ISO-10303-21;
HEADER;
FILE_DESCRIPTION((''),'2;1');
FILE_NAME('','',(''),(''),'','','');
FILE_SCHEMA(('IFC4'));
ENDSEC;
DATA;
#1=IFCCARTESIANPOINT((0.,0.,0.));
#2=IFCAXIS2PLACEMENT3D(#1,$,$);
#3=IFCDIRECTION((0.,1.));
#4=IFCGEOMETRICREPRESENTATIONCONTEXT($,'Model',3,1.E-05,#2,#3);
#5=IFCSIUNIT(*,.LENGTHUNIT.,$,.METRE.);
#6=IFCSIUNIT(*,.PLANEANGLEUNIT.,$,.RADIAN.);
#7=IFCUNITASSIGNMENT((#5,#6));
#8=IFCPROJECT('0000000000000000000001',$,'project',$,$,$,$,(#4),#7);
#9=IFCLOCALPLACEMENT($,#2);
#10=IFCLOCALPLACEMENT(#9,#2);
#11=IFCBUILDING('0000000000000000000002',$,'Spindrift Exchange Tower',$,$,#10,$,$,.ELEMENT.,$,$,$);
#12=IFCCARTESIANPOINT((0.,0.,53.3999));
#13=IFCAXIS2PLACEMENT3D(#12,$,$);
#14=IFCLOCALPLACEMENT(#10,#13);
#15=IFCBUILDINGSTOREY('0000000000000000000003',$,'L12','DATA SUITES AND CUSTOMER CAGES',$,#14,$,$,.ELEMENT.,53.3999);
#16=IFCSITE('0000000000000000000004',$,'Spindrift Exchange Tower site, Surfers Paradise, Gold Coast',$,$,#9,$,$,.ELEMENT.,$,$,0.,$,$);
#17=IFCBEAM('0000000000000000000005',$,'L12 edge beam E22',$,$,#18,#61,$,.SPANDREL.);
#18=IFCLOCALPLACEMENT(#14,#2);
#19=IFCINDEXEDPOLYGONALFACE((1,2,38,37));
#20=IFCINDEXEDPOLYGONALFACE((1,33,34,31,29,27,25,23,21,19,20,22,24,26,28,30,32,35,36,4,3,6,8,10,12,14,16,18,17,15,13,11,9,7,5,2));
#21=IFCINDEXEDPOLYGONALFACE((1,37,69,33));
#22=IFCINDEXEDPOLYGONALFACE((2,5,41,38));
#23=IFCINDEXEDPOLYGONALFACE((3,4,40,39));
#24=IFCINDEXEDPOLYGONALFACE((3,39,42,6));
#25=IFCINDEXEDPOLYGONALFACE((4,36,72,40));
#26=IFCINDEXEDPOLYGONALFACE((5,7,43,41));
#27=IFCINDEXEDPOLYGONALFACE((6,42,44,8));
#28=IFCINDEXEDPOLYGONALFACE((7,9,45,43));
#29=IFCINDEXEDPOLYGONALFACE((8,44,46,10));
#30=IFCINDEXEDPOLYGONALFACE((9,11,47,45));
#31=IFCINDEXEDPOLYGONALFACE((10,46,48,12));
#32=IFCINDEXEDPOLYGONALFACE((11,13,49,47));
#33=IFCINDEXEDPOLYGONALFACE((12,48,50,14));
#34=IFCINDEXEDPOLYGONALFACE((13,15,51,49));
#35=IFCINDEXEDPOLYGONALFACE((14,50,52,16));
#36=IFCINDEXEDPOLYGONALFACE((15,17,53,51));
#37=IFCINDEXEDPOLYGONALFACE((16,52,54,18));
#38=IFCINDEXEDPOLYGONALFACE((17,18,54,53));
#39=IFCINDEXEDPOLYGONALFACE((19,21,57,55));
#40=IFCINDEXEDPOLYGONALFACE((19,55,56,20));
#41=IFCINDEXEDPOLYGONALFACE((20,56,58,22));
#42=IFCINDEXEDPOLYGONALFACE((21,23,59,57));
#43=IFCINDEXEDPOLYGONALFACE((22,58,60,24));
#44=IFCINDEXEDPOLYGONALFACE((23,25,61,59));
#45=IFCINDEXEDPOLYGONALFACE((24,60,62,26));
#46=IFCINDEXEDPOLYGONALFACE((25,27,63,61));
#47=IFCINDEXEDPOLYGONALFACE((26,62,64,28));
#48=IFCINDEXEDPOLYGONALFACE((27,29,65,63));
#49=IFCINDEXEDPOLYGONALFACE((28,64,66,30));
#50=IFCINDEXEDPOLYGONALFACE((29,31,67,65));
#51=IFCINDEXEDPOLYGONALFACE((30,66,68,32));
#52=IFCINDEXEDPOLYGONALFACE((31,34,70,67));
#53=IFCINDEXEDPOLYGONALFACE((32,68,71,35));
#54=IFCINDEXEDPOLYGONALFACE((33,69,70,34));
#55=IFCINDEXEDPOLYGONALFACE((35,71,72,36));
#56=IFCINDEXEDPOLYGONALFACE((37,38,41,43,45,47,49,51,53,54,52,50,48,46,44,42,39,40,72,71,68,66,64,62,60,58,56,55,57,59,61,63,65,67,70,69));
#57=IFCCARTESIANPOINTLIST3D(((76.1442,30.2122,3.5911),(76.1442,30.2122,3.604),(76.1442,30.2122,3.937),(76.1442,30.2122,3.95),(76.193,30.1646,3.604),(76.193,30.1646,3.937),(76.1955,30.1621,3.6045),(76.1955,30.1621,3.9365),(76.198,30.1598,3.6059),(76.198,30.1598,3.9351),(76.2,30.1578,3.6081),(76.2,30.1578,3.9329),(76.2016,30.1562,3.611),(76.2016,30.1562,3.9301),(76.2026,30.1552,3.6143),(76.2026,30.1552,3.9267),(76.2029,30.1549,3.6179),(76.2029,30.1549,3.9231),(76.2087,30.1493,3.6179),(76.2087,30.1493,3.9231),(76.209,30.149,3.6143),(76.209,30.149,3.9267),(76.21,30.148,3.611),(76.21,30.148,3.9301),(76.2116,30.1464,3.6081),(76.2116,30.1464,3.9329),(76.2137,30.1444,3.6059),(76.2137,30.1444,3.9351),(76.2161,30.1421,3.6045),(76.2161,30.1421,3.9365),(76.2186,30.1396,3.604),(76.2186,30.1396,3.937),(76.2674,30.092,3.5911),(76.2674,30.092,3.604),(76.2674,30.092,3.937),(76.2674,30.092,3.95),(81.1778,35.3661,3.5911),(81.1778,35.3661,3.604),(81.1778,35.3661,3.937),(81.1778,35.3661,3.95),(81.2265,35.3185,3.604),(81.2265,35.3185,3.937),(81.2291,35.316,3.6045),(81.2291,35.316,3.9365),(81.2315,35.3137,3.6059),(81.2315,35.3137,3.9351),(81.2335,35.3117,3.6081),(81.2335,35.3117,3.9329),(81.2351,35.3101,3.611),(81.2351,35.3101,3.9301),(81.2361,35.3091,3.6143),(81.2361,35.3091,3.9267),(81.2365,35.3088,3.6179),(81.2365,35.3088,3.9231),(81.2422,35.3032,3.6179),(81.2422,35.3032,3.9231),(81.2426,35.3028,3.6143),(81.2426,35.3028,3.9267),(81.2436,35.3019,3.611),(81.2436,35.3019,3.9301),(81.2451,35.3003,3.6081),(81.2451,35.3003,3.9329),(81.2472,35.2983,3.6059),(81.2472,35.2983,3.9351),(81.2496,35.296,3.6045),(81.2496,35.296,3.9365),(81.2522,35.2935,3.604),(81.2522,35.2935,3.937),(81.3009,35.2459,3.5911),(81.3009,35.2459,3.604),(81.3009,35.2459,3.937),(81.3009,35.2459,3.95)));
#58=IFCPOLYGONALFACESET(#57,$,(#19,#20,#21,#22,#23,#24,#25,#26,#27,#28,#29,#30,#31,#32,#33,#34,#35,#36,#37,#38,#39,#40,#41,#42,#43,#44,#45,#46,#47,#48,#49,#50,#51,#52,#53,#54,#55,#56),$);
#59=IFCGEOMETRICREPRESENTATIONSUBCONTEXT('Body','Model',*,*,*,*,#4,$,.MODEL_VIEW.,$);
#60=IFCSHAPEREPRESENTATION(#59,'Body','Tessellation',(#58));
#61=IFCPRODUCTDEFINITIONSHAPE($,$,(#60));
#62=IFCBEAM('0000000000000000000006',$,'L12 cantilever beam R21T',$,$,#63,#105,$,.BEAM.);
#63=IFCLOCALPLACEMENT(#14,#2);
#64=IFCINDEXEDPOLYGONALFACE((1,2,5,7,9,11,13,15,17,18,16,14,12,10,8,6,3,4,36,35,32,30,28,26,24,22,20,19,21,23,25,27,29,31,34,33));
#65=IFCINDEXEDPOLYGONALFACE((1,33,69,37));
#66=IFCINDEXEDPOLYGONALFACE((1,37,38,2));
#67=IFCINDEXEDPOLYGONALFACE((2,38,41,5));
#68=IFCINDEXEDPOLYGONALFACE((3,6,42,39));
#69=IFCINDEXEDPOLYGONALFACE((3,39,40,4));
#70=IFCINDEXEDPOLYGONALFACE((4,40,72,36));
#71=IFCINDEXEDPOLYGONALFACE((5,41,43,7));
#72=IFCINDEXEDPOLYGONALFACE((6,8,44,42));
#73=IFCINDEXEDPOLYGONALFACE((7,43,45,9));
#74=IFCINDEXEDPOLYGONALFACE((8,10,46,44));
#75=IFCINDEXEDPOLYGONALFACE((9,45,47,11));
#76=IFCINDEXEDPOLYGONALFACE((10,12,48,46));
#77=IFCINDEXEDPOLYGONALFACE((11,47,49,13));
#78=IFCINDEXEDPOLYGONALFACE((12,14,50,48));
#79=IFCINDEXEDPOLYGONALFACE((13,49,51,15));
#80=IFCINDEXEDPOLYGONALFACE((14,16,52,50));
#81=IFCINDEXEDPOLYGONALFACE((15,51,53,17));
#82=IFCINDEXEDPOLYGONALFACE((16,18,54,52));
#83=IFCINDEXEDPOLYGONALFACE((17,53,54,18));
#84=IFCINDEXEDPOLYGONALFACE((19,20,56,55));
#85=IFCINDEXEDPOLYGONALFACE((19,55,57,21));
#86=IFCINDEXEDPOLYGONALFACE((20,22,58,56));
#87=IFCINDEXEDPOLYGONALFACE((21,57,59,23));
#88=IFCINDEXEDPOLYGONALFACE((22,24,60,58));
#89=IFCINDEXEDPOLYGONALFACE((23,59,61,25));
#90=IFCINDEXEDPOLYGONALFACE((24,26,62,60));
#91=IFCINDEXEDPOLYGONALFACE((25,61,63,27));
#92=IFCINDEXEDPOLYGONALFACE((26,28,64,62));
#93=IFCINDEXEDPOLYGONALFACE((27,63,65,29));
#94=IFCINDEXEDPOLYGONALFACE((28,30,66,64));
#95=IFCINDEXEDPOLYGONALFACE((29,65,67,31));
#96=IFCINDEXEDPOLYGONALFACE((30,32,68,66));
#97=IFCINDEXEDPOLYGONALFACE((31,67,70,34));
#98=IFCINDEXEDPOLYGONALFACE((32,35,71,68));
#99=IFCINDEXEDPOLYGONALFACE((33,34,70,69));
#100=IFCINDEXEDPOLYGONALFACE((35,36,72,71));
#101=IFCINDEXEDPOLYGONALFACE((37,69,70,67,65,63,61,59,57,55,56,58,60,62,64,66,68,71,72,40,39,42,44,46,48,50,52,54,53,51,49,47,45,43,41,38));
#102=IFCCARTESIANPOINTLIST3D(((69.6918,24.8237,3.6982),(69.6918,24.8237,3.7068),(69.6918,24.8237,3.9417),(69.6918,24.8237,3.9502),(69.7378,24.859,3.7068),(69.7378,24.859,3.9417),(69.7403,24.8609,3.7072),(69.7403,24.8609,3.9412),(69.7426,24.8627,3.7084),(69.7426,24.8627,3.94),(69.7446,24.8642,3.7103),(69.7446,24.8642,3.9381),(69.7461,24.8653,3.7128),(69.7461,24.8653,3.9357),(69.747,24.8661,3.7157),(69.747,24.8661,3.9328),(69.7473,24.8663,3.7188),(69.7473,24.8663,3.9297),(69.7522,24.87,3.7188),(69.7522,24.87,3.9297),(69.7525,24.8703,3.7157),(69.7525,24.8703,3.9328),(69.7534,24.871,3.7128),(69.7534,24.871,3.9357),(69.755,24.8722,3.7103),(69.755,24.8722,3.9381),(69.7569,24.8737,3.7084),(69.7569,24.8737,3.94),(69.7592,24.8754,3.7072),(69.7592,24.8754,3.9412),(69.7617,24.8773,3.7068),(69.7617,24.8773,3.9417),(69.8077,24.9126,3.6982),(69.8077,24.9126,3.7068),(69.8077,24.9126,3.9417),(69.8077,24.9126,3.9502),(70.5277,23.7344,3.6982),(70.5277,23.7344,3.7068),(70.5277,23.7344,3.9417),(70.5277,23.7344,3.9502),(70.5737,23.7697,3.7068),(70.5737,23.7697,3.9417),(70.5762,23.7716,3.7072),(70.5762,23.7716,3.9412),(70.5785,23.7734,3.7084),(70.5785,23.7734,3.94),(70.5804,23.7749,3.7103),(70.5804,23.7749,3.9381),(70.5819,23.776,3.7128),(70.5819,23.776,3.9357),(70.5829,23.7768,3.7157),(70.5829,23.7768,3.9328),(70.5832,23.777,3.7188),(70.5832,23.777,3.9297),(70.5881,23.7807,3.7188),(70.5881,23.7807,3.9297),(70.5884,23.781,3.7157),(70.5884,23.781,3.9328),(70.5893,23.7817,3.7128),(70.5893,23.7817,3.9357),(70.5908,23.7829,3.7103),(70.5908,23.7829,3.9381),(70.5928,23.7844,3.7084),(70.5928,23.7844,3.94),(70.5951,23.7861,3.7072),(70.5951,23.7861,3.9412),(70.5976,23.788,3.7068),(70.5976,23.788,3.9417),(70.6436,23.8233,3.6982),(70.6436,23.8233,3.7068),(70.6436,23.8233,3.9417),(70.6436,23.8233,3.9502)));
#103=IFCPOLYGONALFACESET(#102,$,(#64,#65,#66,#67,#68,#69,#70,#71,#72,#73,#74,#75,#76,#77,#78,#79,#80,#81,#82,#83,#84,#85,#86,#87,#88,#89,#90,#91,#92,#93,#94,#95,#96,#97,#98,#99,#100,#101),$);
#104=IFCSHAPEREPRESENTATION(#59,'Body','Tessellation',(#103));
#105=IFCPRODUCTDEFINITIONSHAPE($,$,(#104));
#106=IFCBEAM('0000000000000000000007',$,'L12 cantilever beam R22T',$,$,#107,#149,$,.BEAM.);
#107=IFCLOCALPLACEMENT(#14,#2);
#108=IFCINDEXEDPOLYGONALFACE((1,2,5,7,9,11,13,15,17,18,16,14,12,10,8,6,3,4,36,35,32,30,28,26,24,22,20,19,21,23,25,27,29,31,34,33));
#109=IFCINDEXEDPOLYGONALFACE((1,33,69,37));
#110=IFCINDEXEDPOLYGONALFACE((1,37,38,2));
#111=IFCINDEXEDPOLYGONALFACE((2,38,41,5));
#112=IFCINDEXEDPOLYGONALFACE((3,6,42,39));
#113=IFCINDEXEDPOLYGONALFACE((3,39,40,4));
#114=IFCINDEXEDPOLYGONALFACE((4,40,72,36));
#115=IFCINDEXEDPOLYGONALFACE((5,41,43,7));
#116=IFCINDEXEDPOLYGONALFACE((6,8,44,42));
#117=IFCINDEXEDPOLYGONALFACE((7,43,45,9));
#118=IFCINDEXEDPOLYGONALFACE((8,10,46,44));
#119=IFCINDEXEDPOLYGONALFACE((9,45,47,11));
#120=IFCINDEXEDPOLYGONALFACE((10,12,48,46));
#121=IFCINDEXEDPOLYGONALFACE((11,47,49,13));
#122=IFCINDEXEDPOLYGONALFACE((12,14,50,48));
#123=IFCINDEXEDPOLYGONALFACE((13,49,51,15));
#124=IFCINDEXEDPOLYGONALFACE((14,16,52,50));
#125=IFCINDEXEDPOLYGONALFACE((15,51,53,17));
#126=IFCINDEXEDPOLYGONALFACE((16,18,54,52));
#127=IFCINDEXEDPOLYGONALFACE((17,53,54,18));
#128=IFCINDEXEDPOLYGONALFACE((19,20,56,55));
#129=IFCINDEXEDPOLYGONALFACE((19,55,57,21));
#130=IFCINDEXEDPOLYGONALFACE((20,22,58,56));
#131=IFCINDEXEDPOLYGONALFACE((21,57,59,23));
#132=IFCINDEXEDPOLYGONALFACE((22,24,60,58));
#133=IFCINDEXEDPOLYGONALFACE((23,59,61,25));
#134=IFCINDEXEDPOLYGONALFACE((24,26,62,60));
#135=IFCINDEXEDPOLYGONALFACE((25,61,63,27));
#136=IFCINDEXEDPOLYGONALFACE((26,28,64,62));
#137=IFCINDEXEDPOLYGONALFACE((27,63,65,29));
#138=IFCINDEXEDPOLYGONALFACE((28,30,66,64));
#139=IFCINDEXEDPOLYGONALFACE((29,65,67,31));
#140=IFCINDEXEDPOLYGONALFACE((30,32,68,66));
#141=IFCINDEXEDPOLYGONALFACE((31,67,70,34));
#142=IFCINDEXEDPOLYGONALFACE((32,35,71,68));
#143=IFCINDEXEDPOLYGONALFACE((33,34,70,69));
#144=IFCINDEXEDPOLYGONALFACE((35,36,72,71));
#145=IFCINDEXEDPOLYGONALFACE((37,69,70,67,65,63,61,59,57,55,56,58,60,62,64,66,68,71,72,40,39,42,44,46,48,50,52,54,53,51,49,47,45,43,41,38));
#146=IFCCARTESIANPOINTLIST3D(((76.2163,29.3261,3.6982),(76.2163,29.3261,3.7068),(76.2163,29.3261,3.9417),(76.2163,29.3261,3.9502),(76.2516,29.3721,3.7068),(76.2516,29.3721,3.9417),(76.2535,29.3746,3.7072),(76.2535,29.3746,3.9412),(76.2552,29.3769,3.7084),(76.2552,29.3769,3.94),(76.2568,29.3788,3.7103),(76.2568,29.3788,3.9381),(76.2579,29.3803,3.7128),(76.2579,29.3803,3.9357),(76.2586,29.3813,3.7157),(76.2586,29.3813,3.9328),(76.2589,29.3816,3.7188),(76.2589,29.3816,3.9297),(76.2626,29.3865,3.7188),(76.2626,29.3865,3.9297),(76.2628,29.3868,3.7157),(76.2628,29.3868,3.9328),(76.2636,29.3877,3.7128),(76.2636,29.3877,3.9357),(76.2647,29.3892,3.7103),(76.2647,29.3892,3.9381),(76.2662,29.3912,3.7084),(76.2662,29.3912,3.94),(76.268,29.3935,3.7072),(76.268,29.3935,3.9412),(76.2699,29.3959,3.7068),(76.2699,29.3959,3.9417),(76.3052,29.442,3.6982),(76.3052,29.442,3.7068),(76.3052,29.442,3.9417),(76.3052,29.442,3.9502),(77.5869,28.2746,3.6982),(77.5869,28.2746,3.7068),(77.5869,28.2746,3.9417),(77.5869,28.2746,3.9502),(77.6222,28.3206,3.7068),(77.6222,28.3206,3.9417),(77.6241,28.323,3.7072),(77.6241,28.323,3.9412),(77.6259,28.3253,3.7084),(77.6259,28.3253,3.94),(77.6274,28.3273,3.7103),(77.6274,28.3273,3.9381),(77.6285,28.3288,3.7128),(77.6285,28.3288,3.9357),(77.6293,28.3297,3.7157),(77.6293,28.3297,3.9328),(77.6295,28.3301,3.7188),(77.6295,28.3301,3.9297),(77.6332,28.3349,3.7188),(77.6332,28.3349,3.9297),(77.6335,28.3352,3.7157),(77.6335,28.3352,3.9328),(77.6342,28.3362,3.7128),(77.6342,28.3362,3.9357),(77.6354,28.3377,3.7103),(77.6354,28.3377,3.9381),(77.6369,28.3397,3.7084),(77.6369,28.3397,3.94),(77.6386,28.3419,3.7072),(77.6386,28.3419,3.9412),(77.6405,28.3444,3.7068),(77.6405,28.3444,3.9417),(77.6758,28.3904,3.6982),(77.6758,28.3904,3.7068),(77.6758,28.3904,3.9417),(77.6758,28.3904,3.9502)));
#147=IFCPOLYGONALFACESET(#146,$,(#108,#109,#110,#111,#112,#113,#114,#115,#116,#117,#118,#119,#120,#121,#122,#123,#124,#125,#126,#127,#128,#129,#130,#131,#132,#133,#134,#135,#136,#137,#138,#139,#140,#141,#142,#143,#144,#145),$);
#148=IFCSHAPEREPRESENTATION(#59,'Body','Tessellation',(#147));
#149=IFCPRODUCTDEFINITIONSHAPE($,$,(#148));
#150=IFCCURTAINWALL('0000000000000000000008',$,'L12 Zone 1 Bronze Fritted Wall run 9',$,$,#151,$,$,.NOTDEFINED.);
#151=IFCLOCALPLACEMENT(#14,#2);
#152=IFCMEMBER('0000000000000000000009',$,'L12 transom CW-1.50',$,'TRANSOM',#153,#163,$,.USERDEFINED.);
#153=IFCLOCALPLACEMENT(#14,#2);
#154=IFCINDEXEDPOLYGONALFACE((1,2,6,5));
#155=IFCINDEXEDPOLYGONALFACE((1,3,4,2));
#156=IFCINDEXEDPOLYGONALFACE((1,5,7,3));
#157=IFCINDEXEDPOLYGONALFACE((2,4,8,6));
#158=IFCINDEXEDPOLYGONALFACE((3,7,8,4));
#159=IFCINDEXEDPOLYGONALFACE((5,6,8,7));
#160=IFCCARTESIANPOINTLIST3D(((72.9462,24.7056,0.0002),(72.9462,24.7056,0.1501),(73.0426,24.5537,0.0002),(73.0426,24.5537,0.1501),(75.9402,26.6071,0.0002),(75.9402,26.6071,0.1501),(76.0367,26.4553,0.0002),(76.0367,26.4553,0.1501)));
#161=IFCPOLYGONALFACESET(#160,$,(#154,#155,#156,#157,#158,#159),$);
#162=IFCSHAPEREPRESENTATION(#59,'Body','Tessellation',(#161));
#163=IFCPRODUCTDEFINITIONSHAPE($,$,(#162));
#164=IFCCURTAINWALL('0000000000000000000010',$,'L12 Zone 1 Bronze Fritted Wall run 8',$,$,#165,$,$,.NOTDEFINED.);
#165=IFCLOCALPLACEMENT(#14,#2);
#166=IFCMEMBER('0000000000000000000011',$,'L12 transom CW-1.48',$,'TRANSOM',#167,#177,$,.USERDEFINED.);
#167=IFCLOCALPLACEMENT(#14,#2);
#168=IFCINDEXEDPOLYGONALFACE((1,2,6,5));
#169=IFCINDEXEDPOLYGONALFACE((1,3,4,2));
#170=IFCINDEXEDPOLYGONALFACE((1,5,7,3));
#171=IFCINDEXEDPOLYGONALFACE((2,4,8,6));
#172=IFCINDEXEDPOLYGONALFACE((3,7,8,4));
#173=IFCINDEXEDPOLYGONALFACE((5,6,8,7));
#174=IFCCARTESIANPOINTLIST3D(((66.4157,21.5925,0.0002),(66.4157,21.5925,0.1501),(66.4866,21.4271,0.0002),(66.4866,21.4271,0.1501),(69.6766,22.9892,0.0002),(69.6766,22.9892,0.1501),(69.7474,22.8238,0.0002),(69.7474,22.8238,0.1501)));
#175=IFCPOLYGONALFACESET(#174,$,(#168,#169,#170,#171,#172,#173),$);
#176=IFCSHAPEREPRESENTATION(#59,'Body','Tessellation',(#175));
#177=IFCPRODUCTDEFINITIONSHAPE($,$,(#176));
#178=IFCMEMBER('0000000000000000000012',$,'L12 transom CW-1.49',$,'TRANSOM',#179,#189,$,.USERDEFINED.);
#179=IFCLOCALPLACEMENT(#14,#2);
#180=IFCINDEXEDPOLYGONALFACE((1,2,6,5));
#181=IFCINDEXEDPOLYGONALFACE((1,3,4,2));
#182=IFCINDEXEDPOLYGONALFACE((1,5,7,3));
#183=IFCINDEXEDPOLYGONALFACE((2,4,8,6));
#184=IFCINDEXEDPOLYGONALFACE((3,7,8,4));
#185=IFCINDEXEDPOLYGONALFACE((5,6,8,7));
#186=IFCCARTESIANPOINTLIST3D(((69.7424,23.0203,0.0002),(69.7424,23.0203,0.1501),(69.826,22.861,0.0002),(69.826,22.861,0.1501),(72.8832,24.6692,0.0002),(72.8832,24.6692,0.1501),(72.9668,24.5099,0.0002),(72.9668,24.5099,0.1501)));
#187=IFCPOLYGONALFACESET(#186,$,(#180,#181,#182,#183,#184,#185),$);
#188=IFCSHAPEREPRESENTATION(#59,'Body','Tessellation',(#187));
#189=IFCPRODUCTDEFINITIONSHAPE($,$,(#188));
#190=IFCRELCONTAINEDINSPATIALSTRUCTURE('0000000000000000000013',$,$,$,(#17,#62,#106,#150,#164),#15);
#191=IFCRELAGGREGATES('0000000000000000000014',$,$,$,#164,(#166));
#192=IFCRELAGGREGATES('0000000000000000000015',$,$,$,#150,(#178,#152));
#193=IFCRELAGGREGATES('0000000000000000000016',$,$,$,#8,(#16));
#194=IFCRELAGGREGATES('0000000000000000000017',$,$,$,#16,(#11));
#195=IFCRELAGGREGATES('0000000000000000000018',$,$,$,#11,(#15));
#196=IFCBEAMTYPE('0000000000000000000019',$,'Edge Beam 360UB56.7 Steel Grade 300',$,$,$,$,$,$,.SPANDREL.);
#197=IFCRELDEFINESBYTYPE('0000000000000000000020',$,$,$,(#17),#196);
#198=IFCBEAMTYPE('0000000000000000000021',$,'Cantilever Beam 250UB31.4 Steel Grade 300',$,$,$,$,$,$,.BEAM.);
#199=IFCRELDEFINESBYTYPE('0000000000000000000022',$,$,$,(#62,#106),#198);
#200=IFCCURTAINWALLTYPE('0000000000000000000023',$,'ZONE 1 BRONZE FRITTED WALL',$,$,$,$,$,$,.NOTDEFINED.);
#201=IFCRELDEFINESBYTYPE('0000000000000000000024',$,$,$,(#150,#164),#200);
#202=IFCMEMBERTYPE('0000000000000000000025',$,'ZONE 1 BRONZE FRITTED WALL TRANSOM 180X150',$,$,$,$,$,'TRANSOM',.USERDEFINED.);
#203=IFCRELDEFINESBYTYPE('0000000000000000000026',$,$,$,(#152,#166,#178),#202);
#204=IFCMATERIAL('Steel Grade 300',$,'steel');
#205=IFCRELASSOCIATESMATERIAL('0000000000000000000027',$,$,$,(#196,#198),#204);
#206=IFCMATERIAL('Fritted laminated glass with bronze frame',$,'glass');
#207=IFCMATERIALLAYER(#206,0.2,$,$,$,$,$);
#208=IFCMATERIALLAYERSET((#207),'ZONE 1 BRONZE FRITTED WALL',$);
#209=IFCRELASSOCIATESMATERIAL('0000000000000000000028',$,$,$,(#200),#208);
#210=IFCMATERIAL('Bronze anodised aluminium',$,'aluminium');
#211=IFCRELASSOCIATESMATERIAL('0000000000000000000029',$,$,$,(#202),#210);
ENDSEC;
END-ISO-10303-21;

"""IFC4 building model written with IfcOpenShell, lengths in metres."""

from ifc_helpers import new_model, si_unit, direction, frame, origin, origin_2d, place, context, subcontext, project, spatial, rectangle, i_section, extrude, source, transform, mapped, material, layer, layer_set, material_profile, profile_set, type_object, element, aggregate, save


model = new_model("IFC4")

# Units and contexts
model_context = context("Model", 3, precision=1e-05, world=origin(), true_north=direction((0.0, 1.0)))
body_context = subcontext(model_context, "Body", "Model", "MODEL_VIEW")
ifc_project = project(units=[si_unit("LENGTHUNIT", "METRE"), si_unit("PLANEANGLEUNIT", "RADIAN")], contexts=[model_context])

# Site, building, storey
site_placement = place(None, origin())
site = spatial("IfcSite", under=ifc_project, at=site_placement, Name="Spindrift Exchange Tower site, Surfers Paradise, Gold Coast", CompositionType="ELEMENT", RefElevation=0.0)
building_placement = place(site_placement, origin())
building = spatial("IfcBuilding", under=site, at=building_placement, Name="Spindrift Exchange Tower", CompositionType="ELEMENT")
storey_placement = place(building_placement, frame((0.0, 0.0, 53.3999)))
storey = spatial("IfcBuildingStorey", under=building, at=storey_placement, Name="L12", Description="DATA SUITES AND CUSTOMER CAGES", CompositionType="ELEMENT", Elevation=53.3999)

# Beams
ifc_material_1 = material(Name="Steel Grade 300", Category="steel")
ifc_material_profile_1 = material_profile(ifc_material_1, i_section(OverallWidth=0.1721, OverallDepth=0.3589, WebThickness=0.0081, FlangeThickness=0.0129, FilletRadius=0.0139, at=origin_2d()), Name="360UB56.7")
ifc_profile_set_1 = profile_set([ifc_material_profile_1], Name="Steel Grade 300")
beam_type_1 = type_object("IfcBeamType", Name="Edge Beam 360UB56.7 Steel Grade 300", PredefinedType="SPANDREL", material=ifc_profile_set_1)
shared_shape_1 = source(origin(), body_context, "Body", "SweptSolid", [
    extrude(i_section(OverallWidth=0.1721, OverallDepth=0.3589, WebThickness=0.0081, FlangeThickness=0.0129, FilletRadius=0.0139, at=origin_2d()), origin(), (0.0, 0.0, 1.0), 7.2041),
])
beam_1_placement = place(storey_placement, frame((76.2058, 30.1521, 3.7705), z_axis=(0.698704, 0.715411, 0.0), x_axis=(-0.715411, 0.698704, 0.0)))
element("IfcBeam", 1, at=beam_1_placement, inside=storey, type_object=beam_type_1, Name="L12 edge beam E22", PredefinedType="SPANDREL", context=body_context, shape_type="MappedRepresentation", body=[
    mapped(shared_shape_1, transform((0.0, 0.0, 0.0), scale=1.0)),
])
ifc_material_profile_2 = material_profile(ifc_material_1, i_section(OverallWidth=0.146, OverallDepth=0.252, WebThickness=0.0061, FlangeThickness=0.0085, FilletRadius=0.012, at=origin_2d()), Name="250UB31.4")
ifc_profile_set_2 = profile_set([ifc_material_profile_2], Name="Steel Grade 300")
beam_type_2 = type_object("IfcBeamType", Name="Cantilever Beam 250UB31.4 Steel Grade 300", PredefinedType="BEAM", material=ifc_profile_set_2)
shared_shape_2 = source(origin(), body_context, "Body", "SweptSolid", [
    extrude(i_section(OverallWidth=0.146, OverallDepth=0.252, WebThickness=0.0061, FlangeThickness=0.0085, FilletRadius=0.012, at=origin_2d()), origin(), (0.0, 0.0, 1.0), 1.373),
])
beam_2_placement = place(storey_placement, frame((69.7498, 24.8682, 3.8242), z_axis=(0.608782, -0.793337, 0.0), x_axis=(0.793337, 0.608782, 0.0)))
element("IfcBeam", 2, at=beam_2_placement, inside=storey, type_object=beam_type_2, Name="L12 cantilever beam R21T", PredefinedType="BEAM", context=body_context, shape_type="MappedRepresentation", body=[
    mapped(shared_shape_2, transform((0.0, 0.0, 0.0), scale=1.0)),
])
shared_shape_3 = source(origin(), body_context, "Body", "SweptSolid", [
    extrude(i_section(OverallWidth=0.146, OverallDepth=0.252, WebThickness=0.0061, FlangeThickness=0.0085, FilletRadius=0.012, at=origin_2d()), origin(), (0.0, 0.0, 1.0), 1.7275),
])
beam_3_placement = place(storey_placement, frame((76.2607, 29.384, 3.8242), z_axis=(0.793406, -0.608693, 0.0), x_axis=(0.608693, 0.793406, 0.0)))
element("IfcBeam", 3, at=beam_3_placement, inside=storey, type_object=beam_type_2, Name="L12 cantilever beam R22T", PredefinedType="BEAM", context=body_context, shape_type="MappedRepresentation", body=[
    mapped(shared_shape_3, transform((0.0, 0.0, 0.0), scale=1.0)),
])

# Curtain walls, members
ifc_material_2 = material(Name="Fritted laminated glass with bronze frame", Category="glass")
ifc_layer_1 = layer(ifc_material_2, 0.2)
ifc_layer_set_1 = layer_set([ifc_layer_1], Name="ZONE 1 BRONZE FRITTED WALL")
curtain_wall_type = type_object("IfcCurtainWallType", Name="ZONE 1 BRONZE FRITTED WALL", PredefinedType="NOTDEFINED", material=ifc_layer_set_1)
curtain_wall_1_placement = place(storey_placement, origin())
curtain_wall_1 = element("IfcCurtainWall", 4, at=curtain_wall_1_placement, inside=storey, type_object=curtain_wall_type, Name="L12 Zone 1 Bronze Fritted Wall run 9", PredefinedType="NOTDEFINED")
ifc_material_3 = material(Name="Bronze anodised aluminium", Category="aluminium")
ifc_material_profile_3 = material_profile(ifc_material_3, rectangle(XDim=0.1799, YDim=0.1499, at=origin_2d()), Name="ZONE 1 BRONZE FRITTED WALL TRANSOM 180X150")
ifc_profile_set_3 = profile_set([ifc_material_profile_3], Name="Bronze anodised aluminium")
member_type_1 = type_object("IfcMemberType", Name="ZONE 1 BRONZE FRITTED WALL TRANSOM 180X150", ElementType="TRANSOM", PredefinedType="USERDEFINED", material=ifc_profile_set_3)
shared_shape_4 = source(origin(), body_context, "Body", "SweptSolid", [
    extrude(rectangle(XDim=0.1799, YDim=0.1499, at=origin_2d()), origin(), (0.0, 0.0, 1.0), 3.5469),
])
member_1_placement = place(storey_placement, frame((72.9944, 24.6296, 0.0752), z_axis=(0.84414, 0.536123, 0.0), x_axis=(-0.536123, 0.84414, 0.0)))
member_1 = element("IfcMember", 5, at=member_1_placement, type_object=member_type_1, Name="L12 transom CW-1.50", ObjectType="TRANSOM", PredefinedType="USERDEFINED", context=body_context, shape_type="MappedRepresentation", body=[
    mapped(shared_shape_4, transform((0.0, 0.0, 0.0), scale=1.0)),
])
curtain_wall_2_placement = place(storey_placement, origin())
curtain_wall_2 = element("IfcCurtainWall", 6, at=curtain_wall_2_placement, inside=storey, type_object=curtain_wall_type, Name="L12 Zone 1 Bronze Fritted Wall run 8", PredefinedType="NOTDEFINED")
shared_shape_5 = source(origin(), body_context, "Body", "SweptSolid", [
    extrude(rectangle(XDim=0.1799, YDim=0.1499, at=origin_2d()), origin(), (0.0, 0.0, 1.0), 3.5474),
])
member_2_placement = place(storey_placement, frame((66.4512, 21.5098, 0.0752), z_axis=(0.91922, 0.393745, 0.0), x_axis=(-0.393745, 0.91922, 0.0)))
member_2 = element("IfcMember", 7, at=member_2_placement, type_object=member_type_1, Name="L12 transom CW-1.48", ObjectType="TRANSOM", PredefinedType="USERDEFINED", context=body_context, shape_type="MappedRepresentation", body=[
    mapped(shared_shape_5, transform((0.0, 0.0, 0.0), scale=1.0)),
])

# Member
member_3_placement = place(storey_placement, frame((69.7842, 22.9407, 0.0752), z_axis=(0.885401, 0.464827, 0.0), x_axis=(-0.464827, 0.885401, 0.0)))
member_3 = element("IfcMember", 8, at=member_3_placement, type_object=member_type_1, Name="L12 transom CW-1.49", ObjectType="TRANSOM", PredefinedType="USERDEFINED", context=body_context, shape_type="MappedRepresentation", body=[
    mapped(shared_shape_5, transform((0.0, 0.0, 0.0), scale=1.0)),
])

aggregate(curtain_wall_2, [member_2])
aggregate(curtain_wall_1, [member_3, member_1])

save(model, "model.ifc")
